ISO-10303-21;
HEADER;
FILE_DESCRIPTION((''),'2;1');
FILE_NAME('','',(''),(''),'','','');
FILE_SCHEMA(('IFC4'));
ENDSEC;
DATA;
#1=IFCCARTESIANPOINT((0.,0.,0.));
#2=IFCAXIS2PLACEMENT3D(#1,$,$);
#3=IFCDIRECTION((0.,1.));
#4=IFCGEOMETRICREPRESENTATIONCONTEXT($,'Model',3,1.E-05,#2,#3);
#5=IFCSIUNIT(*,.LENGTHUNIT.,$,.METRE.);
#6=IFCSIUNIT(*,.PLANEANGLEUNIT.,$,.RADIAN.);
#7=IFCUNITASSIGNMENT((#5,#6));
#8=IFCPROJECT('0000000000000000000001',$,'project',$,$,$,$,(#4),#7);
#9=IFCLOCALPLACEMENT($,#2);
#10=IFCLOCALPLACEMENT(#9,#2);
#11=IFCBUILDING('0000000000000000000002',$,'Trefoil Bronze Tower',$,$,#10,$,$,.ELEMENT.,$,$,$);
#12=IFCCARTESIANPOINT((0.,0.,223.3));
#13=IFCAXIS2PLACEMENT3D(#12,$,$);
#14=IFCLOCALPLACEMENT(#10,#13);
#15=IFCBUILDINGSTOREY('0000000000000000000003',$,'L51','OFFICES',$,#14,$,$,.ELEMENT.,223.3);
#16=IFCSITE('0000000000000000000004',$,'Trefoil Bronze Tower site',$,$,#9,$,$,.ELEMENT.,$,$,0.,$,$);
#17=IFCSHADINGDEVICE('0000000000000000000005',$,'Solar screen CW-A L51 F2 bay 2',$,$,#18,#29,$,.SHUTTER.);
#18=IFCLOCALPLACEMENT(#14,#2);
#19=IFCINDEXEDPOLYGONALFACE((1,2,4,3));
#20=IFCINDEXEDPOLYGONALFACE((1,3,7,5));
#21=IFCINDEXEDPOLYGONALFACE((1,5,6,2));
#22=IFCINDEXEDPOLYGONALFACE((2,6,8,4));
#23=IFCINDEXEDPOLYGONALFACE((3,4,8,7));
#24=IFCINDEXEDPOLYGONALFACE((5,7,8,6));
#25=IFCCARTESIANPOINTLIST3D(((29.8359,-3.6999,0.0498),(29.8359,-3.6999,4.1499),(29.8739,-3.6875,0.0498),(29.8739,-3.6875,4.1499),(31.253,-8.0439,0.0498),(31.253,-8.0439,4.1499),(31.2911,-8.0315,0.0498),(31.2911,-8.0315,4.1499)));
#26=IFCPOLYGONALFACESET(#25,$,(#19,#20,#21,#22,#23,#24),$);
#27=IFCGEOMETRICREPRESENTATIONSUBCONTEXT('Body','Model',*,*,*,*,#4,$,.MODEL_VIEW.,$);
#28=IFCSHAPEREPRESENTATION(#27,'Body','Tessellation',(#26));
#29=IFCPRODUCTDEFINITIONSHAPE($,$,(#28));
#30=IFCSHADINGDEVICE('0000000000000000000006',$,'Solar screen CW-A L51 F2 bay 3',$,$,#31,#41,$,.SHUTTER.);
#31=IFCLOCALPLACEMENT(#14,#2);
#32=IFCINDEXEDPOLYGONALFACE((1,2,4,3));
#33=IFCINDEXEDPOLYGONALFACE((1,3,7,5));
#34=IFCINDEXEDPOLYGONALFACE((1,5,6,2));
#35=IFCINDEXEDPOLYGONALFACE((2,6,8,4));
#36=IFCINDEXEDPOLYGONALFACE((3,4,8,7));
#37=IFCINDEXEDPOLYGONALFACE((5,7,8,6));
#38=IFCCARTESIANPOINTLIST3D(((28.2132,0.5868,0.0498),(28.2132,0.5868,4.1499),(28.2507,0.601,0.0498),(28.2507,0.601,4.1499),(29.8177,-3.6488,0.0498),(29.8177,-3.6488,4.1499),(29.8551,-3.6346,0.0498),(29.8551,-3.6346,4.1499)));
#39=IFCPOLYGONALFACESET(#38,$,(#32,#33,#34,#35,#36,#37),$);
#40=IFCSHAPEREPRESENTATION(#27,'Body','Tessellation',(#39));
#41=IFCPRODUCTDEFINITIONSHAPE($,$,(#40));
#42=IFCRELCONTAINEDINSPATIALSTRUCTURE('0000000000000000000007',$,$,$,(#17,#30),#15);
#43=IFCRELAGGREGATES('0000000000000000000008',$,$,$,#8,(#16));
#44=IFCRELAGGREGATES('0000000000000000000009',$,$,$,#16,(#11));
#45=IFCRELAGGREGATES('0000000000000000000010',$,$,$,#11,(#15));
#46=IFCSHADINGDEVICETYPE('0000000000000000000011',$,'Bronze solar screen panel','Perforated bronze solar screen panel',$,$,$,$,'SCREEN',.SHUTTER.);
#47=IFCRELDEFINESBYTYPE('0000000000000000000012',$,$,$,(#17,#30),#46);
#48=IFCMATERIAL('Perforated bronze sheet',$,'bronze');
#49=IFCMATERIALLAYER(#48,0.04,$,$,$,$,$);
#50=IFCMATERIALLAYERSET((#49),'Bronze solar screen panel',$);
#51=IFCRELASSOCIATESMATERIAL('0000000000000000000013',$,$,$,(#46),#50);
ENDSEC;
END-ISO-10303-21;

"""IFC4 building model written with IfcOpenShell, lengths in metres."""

from ifc_helpers import new_model, si_unit, direction, frame, origin, origin_2d, place, context, subcontext, project, spatial, rectangle, extrude, material, layer, layer_set, type_object, element, save


model = new_model("IFC4")

# Units and contexts
model_context = context("Model", 3, precision=1e-05, world=origin(), true_north=direction((0.0, 1.0)))
body_context = subcontext(model_context, "Body", "Model", "MODEL_VIEW")
ifc_project = project(units=[si_unit("LENGTHUNIT", "METRE"), si_unit("PLANEANGLEUNIT", "RADIAN")], contexts=[model_context])

# Site, building, storey
site_placement = place(None, origin())
site = spatial("IfcSite", under=ifc_project, at=site_placement, Name="Trefoil Bronze Tower site", CompositionType="ELEMENT", RefElevation=0.0)
building_placement = place(site_placement, origin())
building = spatial("IfcBuilding", under=site, at=building_placement, Name="Trefoil Bronze Tower", CompositionType="ELEMENT")
storey_placement = place(building_placement, frame((0.0, 0.0, 223.3)))
storey = spatial("IfcBuildingStorey", under=building, at=storey_placement, Name="L51", Description="OFFICES", CompositionType="ELEMENT", Elevation=223.3)

# Shading devices
ifc_material_1 = material(Name="Perforated bronze sheet", Category="bronze")
ifc_layer_1 = layer(ifc_material_1, 0.04)
ifc_layer_set_1 = layer_set([ifc_layer_1], Name="Bronze solar screen panel")
shading_device_type = type_object("IfcShadingDeviceType", Name="Bronze solar screen panel", Description="Perforated bronze solar screen panel", ElementType="SCREEN", PredefinedType="SHUTTER", material=ifc_layer_set_1)
shading_device_1_placement = place(storey_placement, frame((30.5635, -5.8657, 0.0498), z_axis=(0.0, 0.0, 1.0), x_axis=(-0.310149, 0.950688, 0.0)))
element("IfcShadingDevice", 1, at=shading_device_1_placement, inside=storey, type_object=shading_device_type, Name="Solar screen CW-A L51 F2 bay 2", PredefinedType="SHUTTER", context=body_context, shape_type="SweptSolid", body=[
    extrude(rectangle(XDim=4.5693, YDim=0.04, at=origin_2d()), origin(), (0.0, 0.0, 1.0), 4.1001),
])
shading_device_2_placement = place(storey_placement, frame((29.0342, -1.5239, 0.0498), z_axis=(0.0, 0.0, 1.0), x_axis=(-0.354234, 0.935157, 0.0)))
element("IfcShadingDevice", 2, at=shading_device_2_placement, inside=storey, type_object=shading_device_type, Name="Solar screen CW-A L51 F2 bay 3", PredefinedType="SHUTTER", context=body_context, shape_type="SweptSolid", body=[
    extrude(rectangle(XDim=4.5293, YDim=0.04, at=origin_2d()), origin(), (0.0, 0.0, 1.0), 4.1001),
])

save(model, "model.ifc")
